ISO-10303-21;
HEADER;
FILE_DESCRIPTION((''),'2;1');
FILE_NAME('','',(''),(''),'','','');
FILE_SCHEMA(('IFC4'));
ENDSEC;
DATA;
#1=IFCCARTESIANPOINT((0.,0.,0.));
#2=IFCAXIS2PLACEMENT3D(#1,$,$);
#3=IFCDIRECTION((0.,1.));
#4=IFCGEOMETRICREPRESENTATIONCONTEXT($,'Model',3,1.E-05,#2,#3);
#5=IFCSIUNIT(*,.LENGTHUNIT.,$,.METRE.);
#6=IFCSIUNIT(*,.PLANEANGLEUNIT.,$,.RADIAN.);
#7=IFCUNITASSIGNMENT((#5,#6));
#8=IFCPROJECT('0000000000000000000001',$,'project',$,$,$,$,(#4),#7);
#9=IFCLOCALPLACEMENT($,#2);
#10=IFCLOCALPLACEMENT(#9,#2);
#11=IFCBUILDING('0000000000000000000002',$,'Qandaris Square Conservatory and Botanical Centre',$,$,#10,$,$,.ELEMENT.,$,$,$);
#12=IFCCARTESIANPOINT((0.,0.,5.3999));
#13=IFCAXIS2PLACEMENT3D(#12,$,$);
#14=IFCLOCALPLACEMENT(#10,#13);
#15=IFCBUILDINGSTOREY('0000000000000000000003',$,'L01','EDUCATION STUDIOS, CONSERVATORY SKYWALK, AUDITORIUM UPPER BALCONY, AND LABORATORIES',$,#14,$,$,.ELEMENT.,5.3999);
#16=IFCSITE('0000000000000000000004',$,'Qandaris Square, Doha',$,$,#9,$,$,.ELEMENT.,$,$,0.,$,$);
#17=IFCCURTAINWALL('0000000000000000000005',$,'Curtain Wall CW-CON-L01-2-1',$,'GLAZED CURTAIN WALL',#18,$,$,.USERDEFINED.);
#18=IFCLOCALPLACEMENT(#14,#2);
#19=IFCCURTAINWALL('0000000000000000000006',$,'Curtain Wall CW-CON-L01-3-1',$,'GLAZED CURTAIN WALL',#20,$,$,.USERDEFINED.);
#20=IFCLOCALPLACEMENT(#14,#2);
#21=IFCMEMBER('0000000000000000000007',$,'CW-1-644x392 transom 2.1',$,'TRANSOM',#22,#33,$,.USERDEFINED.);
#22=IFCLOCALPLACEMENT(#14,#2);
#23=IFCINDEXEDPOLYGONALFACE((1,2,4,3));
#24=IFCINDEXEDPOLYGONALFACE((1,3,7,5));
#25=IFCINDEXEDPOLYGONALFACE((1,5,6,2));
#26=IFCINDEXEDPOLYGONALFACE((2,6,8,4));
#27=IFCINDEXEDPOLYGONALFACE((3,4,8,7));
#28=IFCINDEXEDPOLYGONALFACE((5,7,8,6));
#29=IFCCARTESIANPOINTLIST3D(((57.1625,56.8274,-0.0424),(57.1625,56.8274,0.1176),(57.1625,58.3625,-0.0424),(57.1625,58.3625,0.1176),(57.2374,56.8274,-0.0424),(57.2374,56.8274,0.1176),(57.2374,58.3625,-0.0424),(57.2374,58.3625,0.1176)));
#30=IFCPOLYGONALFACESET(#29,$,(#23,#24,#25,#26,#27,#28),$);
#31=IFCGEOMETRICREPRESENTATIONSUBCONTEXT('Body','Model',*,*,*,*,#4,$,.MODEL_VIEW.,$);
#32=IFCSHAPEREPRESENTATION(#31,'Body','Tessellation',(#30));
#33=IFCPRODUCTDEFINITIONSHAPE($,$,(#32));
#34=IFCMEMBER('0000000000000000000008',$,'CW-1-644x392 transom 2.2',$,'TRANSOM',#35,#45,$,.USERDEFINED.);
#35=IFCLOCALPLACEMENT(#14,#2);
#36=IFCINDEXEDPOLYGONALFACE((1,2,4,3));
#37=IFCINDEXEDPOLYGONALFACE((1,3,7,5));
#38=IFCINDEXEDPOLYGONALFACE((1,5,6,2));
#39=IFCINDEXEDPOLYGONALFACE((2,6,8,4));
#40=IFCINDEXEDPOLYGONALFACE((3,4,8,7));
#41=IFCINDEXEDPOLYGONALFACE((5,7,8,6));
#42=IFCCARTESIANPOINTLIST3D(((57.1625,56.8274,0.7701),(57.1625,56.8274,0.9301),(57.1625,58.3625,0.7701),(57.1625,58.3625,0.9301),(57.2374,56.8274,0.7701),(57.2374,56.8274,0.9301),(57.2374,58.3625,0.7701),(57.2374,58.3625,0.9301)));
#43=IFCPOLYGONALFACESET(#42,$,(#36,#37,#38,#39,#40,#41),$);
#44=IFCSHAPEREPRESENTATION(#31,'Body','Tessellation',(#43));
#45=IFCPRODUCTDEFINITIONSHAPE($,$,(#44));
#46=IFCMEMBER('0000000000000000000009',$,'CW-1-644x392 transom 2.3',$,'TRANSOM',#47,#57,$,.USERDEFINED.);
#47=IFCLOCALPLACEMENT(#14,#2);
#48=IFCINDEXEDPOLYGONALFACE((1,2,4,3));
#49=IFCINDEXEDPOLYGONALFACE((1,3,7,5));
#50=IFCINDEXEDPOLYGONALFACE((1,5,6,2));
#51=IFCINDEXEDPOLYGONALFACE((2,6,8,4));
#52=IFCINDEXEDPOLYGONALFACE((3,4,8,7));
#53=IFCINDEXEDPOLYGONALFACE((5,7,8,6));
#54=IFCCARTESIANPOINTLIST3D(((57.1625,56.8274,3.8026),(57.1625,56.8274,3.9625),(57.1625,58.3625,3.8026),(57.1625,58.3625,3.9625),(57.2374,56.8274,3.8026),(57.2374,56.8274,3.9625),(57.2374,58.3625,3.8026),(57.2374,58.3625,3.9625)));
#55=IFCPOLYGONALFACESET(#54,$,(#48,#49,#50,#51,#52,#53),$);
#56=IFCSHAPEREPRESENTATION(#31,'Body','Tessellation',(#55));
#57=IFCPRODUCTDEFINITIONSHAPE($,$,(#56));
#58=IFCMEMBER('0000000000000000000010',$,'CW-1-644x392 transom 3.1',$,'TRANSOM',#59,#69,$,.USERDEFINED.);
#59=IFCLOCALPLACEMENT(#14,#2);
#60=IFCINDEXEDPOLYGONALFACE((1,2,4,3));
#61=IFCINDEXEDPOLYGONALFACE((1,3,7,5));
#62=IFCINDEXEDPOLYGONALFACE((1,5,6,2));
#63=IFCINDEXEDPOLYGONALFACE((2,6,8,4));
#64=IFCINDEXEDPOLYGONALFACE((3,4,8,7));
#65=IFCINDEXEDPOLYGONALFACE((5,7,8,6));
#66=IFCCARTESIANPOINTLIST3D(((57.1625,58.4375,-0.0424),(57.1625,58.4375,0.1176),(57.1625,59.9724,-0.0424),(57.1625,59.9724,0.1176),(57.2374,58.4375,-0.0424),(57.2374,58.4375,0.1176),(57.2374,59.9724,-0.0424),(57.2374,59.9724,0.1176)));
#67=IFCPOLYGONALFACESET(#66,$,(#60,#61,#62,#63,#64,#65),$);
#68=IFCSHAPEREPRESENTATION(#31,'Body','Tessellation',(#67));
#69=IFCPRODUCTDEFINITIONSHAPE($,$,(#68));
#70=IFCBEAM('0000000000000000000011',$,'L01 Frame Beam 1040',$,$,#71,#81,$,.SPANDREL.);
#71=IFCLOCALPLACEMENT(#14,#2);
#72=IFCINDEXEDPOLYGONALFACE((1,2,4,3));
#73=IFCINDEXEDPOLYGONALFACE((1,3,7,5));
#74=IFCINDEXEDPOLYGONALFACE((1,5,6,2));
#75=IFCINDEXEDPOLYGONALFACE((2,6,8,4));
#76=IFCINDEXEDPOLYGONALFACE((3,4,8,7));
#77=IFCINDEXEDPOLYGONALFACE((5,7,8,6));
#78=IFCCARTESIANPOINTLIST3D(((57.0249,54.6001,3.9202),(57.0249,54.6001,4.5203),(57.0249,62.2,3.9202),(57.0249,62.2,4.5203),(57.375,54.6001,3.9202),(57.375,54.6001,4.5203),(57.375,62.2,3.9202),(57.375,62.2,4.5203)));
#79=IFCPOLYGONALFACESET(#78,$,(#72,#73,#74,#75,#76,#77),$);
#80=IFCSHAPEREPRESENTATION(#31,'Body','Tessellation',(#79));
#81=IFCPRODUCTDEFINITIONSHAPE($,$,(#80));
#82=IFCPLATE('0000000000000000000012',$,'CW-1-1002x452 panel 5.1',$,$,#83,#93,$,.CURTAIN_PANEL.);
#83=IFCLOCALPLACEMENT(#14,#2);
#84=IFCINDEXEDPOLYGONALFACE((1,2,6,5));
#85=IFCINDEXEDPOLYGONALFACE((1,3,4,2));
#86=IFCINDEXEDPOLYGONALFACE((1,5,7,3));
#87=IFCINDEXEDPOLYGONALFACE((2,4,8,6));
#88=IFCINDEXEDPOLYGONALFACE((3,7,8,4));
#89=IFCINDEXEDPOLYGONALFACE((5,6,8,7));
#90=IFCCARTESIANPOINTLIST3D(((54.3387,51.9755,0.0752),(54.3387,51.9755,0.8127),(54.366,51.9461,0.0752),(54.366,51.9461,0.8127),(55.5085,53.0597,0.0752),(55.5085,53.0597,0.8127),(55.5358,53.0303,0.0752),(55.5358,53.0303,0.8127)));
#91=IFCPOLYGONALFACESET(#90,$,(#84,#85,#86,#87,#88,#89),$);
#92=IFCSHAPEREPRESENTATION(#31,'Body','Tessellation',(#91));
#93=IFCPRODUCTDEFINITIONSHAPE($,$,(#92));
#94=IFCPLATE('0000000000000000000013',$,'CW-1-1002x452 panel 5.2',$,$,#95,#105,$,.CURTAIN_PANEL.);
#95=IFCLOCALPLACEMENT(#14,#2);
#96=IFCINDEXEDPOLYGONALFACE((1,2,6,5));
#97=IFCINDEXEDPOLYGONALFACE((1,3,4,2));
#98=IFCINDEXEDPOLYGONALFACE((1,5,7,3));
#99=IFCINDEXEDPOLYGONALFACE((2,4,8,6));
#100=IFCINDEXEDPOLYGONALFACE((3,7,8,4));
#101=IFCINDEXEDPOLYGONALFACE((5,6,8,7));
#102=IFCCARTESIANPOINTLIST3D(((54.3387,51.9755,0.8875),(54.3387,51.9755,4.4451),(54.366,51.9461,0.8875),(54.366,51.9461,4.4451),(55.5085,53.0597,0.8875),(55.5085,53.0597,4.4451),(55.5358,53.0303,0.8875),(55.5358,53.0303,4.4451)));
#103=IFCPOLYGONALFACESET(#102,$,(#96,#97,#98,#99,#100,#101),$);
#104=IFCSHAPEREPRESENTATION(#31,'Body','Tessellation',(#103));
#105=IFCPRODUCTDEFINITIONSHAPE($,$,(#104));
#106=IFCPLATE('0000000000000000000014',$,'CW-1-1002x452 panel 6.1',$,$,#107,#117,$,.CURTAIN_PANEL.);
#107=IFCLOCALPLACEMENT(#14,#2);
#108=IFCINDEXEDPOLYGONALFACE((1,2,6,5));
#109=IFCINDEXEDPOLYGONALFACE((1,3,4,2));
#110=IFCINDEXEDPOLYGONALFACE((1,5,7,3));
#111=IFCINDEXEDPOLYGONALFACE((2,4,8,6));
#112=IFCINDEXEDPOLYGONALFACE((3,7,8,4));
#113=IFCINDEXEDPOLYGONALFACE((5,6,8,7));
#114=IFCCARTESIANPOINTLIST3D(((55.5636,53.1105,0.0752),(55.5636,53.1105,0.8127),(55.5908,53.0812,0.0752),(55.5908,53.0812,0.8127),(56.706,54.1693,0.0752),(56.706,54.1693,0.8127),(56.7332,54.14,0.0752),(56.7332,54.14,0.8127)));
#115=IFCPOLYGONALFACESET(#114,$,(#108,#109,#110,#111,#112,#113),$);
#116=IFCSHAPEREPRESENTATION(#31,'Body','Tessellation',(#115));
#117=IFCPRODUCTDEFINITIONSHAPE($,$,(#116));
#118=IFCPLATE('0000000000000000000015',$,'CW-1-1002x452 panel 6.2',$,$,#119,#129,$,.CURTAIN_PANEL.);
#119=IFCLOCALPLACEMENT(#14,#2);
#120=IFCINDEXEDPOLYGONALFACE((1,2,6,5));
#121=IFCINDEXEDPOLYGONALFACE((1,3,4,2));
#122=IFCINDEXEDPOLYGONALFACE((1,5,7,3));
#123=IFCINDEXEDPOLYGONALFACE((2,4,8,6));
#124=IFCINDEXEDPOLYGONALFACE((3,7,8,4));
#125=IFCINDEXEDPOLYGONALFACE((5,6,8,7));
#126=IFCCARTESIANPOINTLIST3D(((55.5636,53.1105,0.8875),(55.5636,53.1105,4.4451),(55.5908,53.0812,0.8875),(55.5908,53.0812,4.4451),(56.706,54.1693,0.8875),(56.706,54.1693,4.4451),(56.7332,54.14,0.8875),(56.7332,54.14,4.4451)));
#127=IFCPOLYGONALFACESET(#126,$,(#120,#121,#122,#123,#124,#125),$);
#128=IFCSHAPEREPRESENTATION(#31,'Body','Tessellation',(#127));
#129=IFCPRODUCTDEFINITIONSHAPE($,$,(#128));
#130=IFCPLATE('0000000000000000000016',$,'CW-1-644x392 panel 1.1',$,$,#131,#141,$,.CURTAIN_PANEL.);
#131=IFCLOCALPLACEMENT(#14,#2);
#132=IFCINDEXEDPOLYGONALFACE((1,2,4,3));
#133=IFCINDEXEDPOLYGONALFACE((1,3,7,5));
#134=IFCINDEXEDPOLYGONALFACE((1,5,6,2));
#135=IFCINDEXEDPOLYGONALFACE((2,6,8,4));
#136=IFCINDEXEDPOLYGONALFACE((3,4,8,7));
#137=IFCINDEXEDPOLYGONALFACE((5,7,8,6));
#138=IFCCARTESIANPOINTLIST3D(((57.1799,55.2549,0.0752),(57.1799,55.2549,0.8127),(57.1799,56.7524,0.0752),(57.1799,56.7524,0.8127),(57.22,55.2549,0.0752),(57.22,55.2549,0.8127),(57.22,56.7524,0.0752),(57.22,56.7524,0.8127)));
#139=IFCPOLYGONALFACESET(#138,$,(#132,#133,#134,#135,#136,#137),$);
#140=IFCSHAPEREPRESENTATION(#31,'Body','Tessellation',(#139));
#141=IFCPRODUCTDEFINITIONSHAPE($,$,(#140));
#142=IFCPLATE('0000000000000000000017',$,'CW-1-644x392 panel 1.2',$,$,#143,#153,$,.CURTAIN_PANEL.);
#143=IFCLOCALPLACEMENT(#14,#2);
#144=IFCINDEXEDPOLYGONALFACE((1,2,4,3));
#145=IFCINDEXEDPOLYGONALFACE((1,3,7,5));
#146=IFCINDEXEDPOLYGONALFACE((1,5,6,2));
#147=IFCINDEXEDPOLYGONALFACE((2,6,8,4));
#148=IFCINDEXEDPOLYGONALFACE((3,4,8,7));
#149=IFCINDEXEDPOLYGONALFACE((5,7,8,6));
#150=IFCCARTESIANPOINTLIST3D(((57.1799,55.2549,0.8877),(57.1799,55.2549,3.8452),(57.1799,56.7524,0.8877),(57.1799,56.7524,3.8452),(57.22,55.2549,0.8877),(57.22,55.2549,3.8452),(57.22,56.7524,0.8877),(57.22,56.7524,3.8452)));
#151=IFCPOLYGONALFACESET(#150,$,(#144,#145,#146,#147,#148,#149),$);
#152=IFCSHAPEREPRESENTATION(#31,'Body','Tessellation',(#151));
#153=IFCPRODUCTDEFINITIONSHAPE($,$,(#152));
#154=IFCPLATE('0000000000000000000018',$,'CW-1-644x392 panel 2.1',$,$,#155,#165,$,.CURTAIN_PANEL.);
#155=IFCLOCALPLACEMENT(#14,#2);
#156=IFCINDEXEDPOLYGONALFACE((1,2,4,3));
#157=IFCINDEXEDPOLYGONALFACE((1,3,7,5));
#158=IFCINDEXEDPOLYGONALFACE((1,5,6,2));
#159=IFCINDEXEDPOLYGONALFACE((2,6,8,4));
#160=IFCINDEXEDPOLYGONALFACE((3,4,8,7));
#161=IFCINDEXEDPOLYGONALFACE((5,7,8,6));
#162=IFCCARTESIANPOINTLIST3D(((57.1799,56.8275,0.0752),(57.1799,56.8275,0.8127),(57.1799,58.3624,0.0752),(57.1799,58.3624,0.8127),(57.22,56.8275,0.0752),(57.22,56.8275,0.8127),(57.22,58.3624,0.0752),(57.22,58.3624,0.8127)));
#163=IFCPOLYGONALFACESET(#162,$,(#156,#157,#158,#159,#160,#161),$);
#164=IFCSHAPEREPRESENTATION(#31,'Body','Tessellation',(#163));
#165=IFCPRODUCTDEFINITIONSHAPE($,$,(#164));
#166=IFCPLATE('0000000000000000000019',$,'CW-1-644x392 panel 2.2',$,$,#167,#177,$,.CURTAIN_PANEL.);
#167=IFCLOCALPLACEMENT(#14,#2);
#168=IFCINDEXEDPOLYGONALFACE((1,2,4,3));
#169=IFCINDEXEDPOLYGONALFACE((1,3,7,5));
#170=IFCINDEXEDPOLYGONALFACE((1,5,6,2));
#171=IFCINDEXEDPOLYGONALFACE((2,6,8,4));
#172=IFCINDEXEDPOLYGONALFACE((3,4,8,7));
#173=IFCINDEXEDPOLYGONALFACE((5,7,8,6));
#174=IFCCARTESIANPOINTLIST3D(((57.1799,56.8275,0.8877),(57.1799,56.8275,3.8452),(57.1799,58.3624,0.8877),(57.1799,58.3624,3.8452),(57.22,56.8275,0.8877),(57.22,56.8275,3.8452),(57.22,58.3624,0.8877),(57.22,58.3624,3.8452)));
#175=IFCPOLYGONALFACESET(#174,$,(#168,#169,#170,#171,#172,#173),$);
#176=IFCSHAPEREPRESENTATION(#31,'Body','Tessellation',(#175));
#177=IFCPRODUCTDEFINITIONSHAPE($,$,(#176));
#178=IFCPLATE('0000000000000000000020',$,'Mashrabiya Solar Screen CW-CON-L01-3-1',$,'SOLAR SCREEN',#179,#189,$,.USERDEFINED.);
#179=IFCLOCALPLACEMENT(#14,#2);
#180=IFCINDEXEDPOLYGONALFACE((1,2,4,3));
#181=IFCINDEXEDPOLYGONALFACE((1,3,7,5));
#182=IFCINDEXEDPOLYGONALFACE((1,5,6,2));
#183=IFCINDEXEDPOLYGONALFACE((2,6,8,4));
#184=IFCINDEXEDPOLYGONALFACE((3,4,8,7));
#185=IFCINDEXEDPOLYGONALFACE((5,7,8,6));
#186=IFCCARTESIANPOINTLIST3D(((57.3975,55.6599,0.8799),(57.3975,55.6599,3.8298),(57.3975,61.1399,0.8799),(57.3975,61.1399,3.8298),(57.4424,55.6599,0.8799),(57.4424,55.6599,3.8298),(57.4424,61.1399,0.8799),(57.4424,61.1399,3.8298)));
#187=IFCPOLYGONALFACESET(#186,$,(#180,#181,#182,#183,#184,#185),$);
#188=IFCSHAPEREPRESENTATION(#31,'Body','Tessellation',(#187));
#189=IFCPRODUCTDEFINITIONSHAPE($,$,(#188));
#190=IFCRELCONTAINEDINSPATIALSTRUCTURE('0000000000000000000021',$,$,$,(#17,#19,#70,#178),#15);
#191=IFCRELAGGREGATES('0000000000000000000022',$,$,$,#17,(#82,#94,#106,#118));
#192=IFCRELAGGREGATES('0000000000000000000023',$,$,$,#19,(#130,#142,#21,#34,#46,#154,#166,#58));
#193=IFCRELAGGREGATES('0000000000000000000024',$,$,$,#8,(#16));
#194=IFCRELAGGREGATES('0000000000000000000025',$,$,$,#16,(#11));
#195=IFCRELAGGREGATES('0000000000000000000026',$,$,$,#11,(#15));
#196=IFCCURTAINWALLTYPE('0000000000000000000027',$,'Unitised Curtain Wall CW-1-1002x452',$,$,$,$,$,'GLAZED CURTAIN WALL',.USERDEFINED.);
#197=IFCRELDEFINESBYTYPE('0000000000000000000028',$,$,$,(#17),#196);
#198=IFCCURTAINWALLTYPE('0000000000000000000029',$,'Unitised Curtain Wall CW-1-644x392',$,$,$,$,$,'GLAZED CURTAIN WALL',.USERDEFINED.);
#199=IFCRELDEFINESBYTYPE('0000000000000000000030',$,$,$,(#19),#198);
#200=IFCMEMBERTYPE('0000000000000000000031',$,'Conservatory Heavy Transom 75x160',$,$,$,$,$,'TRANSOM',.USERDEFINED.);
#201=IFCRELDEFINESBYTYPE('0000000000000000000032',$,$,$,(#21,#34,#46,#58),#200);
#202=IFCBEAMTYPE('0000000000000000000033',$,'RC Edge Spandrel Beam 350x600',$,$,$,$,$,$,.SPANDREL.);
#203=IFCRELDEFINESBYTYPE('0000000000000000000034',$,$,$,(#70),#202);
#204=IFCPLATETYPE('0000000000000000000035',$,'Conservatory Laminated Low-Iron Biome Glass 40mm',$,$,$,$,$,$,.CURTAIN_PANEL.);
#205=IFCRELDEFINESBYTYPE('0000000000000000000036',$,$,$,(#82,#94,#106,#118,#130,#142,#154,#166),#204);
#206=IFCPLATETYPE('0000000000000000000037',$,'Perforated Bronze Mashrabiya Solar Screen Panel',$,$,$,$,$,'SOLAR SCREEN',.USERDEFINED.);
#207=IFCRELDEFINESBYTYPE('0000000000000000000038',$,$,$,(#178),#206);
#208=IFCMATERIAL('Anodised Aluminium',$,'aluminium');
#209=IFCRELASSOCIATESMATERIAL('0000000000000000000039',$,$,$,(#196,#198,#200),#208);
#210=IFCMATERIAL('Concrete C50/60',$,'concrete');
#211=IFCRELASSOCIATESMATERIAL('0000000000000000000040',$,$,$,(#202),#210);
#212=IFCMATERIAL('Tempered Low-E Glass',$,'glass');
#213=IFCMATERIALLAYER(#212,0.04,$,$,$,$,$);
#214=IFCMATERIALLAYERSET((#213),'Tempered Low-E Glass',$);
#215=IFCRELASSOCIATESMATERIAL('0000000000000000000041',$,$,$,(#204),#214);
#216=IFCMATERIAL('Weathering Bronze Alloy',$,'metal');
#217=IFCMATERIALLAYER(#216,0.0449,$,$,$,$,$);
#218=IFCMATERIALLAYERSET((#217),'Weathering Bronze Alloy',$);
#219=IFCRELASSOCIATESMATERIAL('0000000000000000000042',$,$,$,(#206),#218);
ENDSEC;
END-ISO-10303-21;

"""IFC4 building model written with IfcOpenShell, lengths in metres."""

from ifc_helpers import new_model, si_unit, direction, frame, origin, origin_2d, place, context, subcontext, project, spatial, rectangle, extrude, material, layer, layer_set, material_profile, profile_set, type_object, element, aggregate, save


model = new_model("IFC4")

# Units and contexts
model_context = context("Model", 3, precision=1e-05, world=origin(), true_north=direction((0.0, 1.0)))
body_context = subcontext(model_context, "Body", "Model", "MODEL_VIEW")
ifc_project = project(units=[si_unit("LENGTHUNIT", "METRE"), si_unit("PLANEANGLEUNIT", "RADIAN")], contexts=[model_context])

# Site, building, storey
site_placement = place(None, origin())
site = spatial("IfcSite", under=ifc_project, at=site_placement, Name="Qandaris Square, Doha", CompositionType="ELEMENT", RefElevation=0.0)
building_placement = place(site_placement, origin())
building = spatial("IfcBuilding", under=site, at=building_placement, Name="Qandaris Square Conservatory and Botanical Centre", CompositionType="ELEMENT")
storey_placement = place(building_placement, frame((0.0, 0.0, 5.3999)))
storey = spatial("IfcBuildingStorey", under=building, at=storey_placement, Name="L01", Description="EDUCATION STUDIOS, CONSERVATORY SKYWALK, AUDITORIUM UPPER BALCONY, AND LABORATORIES", CompositionType="ELEMENT", Elevation=5.3999)

# Shared definitions
ifc_material_1 = material(Name="Concrete C50/60", Category="concrete")

# Curtain walls
ifc_material_2 = material(Name="Anodised Aluminium", Category="aluminium")
curtain_wall_type_1 = type_object("IfcCurtainWallType", Name="Unitised Curtain Wall CW-1-1002x452", ElementType="GLAZED CURTAIN WALL", PredefinedType="USERDEFINED", material=ifc_material_2)
curtain_wall_1_placement = place(storey_placement, origin())
curtain_wall_1 = element("IfcCurtainWall", 1, at=curtain_wall_1_placement, inside=storey, type_object=curtain_wall_type_1, Name="Curtain Wall CW-CON-L01-2-1", ObjectType="GLAZED CURTAIN WALL", PredefinedType="USERDEFINED")
curtain_wall_type_2 = type_object("IfcCurtainWallType", Name="Unitised Curtain Wall CW-1-644x392", ElementType="GLAZED CURTAIN WALL", PredefinedType="USERDEFINED", material=ifc_material_2)
curtain_wall_2_placement = place(storey_placement, origin())
curtain_wall_2 = element("IfcCurtainWall", 2, at=curtain_wall_2_placement, inside=storey, type_object=curtain_wall_type_2, Name="Curtain Wall CW-CON-L01-3-1", ObjectType="GLAZED CURTAIN WALL", PredefinedType="USERDEFINED")

# Members
ifc_material_profile_1 = material_profile(ifc_material_2, rectangle(XDim=0.075, YDim=0.1599, at=origin_2d()), Name="ALU-TRN 75x160")
ifc_profile_set_1 = profile_set([ifc_material_profile_1], Name="Anodised Aluminium")
member_type_1 = type_object("IfcMemberType", Name="Conservatory Heavy Transom 75x160", ElementType="TRANSOM", PredefinedType="USERDEFINED", material=ifc_profile_set_1)
member_1_placement = place(storey_placement, frame((57.2, 56.8274, 0.0376), z_axis=(0.0, 1.0, 0.0), x_axis=(-1.0, 0.0, 0.0)))
member_1 = element("IfcMember", 3, at=member_1_placement, type_object=member_type_1, Name="CW-1-644x392 transom 2.1", ObjectType="TRANSOM", PredefinedType="USERDEFINED", context=body_context, shape_type="SweptSolid", body=[
    extrude(rectangle(XDim=0.075, YDim=0.1599, at=origin_2d()), origin(), (0.0, 0.0, 1.0), 1.5352),
])
member_2_placement = place(storey_placement, frame((57.2, 56.8274, 0.8501), z_axis=(0.0, 1.0, 0.0), x_axis=(-1.0, 0.0, 0.0)))
member_2 = element("IfcMember", 4, at=member_2_placement, type_object=member_type_1, Name="CW-1-644x392 transom 2.2", ObjectType="TRANSOM", PredefinedType="USERDEFINED", context=body_context, shape_type="SweptSolid", body=[
    extrude(rectangle(XDim=0.075, YDim=0.1599, at=origin_2d()), origin(), (0.0, 0.0, 1.0), 1.5352),
])
member_3_placement = place(storey_placement, frame((57.2, 56.8274, 3.8826), z_axis=(0.0, 1.0, 0.0), x_axis=(-1.0, 0.0, 0.0)))
member_3 = element("IfcMember", 5, at=member_3_placement, type_object=member_type_1, Name="CW-1-644x392 transom 2.3", ObjectType="TRANSOM", PredefinedType="USERDEFINED", context=body_context, shape_type="SweptSolid", body=[
    extrude(rectangle(XDim=0.075, YDim=0.1599, at=origin_2d()), origin(), (0.0, 0.0, 1.0), 1.5352),
])
member_4_placement = place(storey_placement, frame((57.2, 58.4375, 0.0376), z_axis=(0.0, 1.0, 0.0), x_axis=(-1.0, 0.0, 0.0)))
member_4 = element("IfcMember", 6, at=member_4_placement, type_object=member_type_1, Name="CW-1-644x392 transom 3.1", ObjectType="TRANSOM", PredefinedType="USERDEFINED", context=body_context, shape_type="SweptSolid", body=[
    extrude(rectangle(XDim=0.075, YDim=0.1599, at=origin_2d()), origin(), (0.0, 0.0, 1.0), 1.5349),
])

# Beam
ifc_material_profile_2 = material_profile(ifc_material_1, rectangle(XDim=0.3501, YDim=0.6001, at=origin_2d()), Name="RC-SP 350x600")
ifc_profile_set_2 = profile_set([ifc_material_profile_2], Name="Concrete C50/60")
beam_type = type_object("IfcBeamType", Name="RC Edge Spandrel Beam 350x600", PredefinedType="SPANDREL", material=ifc_profile_set_2)
beam_placement = place(storey_placement, frame((57.2, 54.6001, 4.2202), z_axis=(0.0, 1.0, 0.0), x_axis=(-1.0, 0.0, 0.0)))
element("IfcBeam", 7, at=beam_placement, inside=storey, type_object=beam_type, Name="L01 Frame Beam 1040", PredefinedType="SPANDREL", context=body_context, shape_type="SweptSolid", body=[
    extrude(rectangle(XDim=0.3501, YDim=0.6001, at=origin_2d()), origin(), (0.0, 0.0, 1.0), 7.5999),
])

# Plates
ifc_material_3 = material(Name="Tempered Low-E Glass", Category="glass")
ifc_layer_1 = layer(ifc_material_3, 0.04)
ifc_layer_set_1 = layer_set([ifc_layer_1], Name="Tempered Low-E Glass")
plate_type_1 = type_object("IfcPlateType", Name="Conservatory Laminated Low-Iron Biome Glass 40mm", PredefinedType="CURTAIN_PANEL", material=ifc_layer_set_1)
plate_1_placement = place(storey_placement, frame((54.9373, 52.5029, 0.0752), z_axis=(0.0, 0.0, 1.0), x_axis=(0.733433, 0.679762, 0.0)))
plate_1 = element("IfcPlate", 8, at=plate_1_placement, type_object=plate_type_1, Name="CW-1-1002x452 panel 5.1", PredefinedType="CURTAIN_PANEL", context=body_context, shape_type="SweptSolid", body=[
    extrude(rectangle(XDim=1.595, YDim=0.04, at=origin_2d()), origin(), (0.0, 0.0, 1.0), 0.7375),
])
plate_2_placement = place(storey_placement, frame((54.9373, 52.5029, 0.8875), z_axis=(0.0, 0.0, 1.0), x_axis=(0.733433, 0.679762, 0.0)))
plate_2 = element("IfcPlate", 9, at=plate_2_placement, type_object=plate_type_1, Name="CW-1-1002x452 panel 5.2", PredefinedType="CURTAIN_PANEL", context=body_context, shape_type="SweptSolid", body=[
    extrude(rectangle(XDim=1.595, YDim=0.04, at=origin_2d()), origin(), (0.0, 0.0, 1.0), 3.5576),
])
plate_3_placement = place(storey_placement, frame((56.1484, 53.6252, 0.0752), z_axis=(0.0, 0.0, 1.0), x_axis=(0.733433, 0.679762, 0.0)))
plate_3 = element("IfcPlate", 10, at=plate_3_placement, type_object=plate_type_1, Name="CW-1-1002x452 panel 6.1", PredefinedType="CURTAIN_PANEL", context=body_context, shape_type="SweptSolid", body=[
    extrude(rectangle(XDim=1.5576, YDim=0.04, at=origin_2d()), origin(), (0.0, 0.0, 1.0), 0.7375),
])
plate_4_placement = place(storey_placement, frame((56.1484, 53.6252, 0.8875), z_axis=(0.0, 0.0, 1.0), x_axis=(0.733433, 0.679762, 0.0)))
plate_4 = element("IfcPlate", 11, at=plate_4_placement, type_object=plate_type_1, Name="CW-1-1002x452 panel 6.2", PredefinedType="CURTAIN_PANEL", context=body_context, shape_type="SweptSolid", body=[
    extrude(rectangle(XDim=1.5576, YDim=0.04, at=origin_2d()), origin(), (0.0, 0.0, 1.0), 3.5576),
])
aggregate(curtain_wall_1, [plate_1, plate_2, plate_3, plate_4])
plate_5_placement = place(storey_placement, frame((57.2, 56.0037, 0.0752), z_axis=(0.0, 0.0, 1.0), x_axis=(0.0, 1.0, 0.0)))
plate_5 = element("IfcPlate", 12, at=plate_5_placement, type_object=plate_type_1, Name="CW-1-644x392 panel 1.1", PredefinedType="CURTAIN_PANEL", context=body_context, shape_type="SweptSolid", body=[
    extrude(rectangle(XDim=1.4976, YDim=0.04, at=origin_2d()), origin(), (0.0, 0.0, 1.0), 0.7375),
])
plate_6_placement = place(storey_placement, frame((57.2, 56.0037, 0.8877), z_axis=(0.0, 0.0, 1.0), x_axis=(0.0, 1.0, 0.0)))
plate_6 = element("IfcPlate", 13, at=plate_6_placement, type_object=plate_type_1, Name="CW-1-644x392 panel 1.2", PredefinedType="CURTAIN_PANEL", context=body_context, shape_type="SweptSolid", body=[
    extrude(rectangle(XDim=1.4976, YDim=0.04, at=origin_2d()), origin(), (0.0, 0.0, 1.0), 2.9575),
])
plate_7_placement = place(storey_placement, frame((57.2, 57.595, 0.0752), z_axis=(0.0, 0.0, 1.0), x_axis=(0.0, 1.0, 0.0)))
plate_7 = element("IfcPlate", 14, at=plate_7_placement, type_object=plate_type_1, Name="CW-1-644x392 panel 2.1", PredefinedType="CURTAIN_PANEL", context=body_context, shape_type="SweptSolid", body=[
    extrude(rectangle(XDim=1.5349, YDim=0.04, at=origin_2d()), origin(), (0.0, 0.0, 1.0), 0.7375),
])
plate_8_placement = place(storey_placement, frame((57.2, 57.595, 0.8877), z_axis=(0.0, 0.0, 1.0), x_axis=(0.0, 1.0, 0.0)))
plate_8 = element("IfcPlate", 15, at=plate_8_placement, type_object=plate_type_1, Name="CW-1-644x392 panel 2.2", PredefinedType="CURTAIN_PANEL", context=body_context, shape_type="SweptSolid", body=[
    extrude(rectangle(XDim=1.5349, YDim=0.04, at=origin_2d()), origin(), (0.0, 0.0, 1.0), 2.9575),
])
aggregate(curtain_wall_2, [plate_5, plate_6, member_1, member_2, member_3, plate_7, plate_8, member_4])
ifc_material_4 = material(Name="Weathering Bronze Alloy", Category="metal")
ifc_layer_2 = layer(ifc_material_4, 0.0449)
ifc_layer_set_2 = layer_set([ifc_layer_2], Name="Weathering Bronze Alloy")
plate_type_2 = type_object("IfcPlateType", Name="Perforated Bronze Mashrabiya Solar Screen Panel", ElementType="SOLAR SCREEN", PredefinedType="USERDEFINED", material=ifc_layer_set_2)
plate_9_placement = place(storey_placement, frame((57.4199, 58.3999, 0.8799), z_axis=(0.0, 0.0, 1.0), x_axis=(0.0, 1.0, 0.0)))
element("IfcPlate", 16, at=plate_9_placement, inside=storey, type_object=plate_type_2, Name="Mashrabiya Solar Screen CW-CON-L01-3-1", ObjectType="SOLAR SCREEN", PredefinedType="USERDEFINED", context=body_context, shape_type="SweptSolid", body=[
    extrude(rectangle(XDim=5.48, YDim=0.0449, at=origin_2d()), origin(), (0.0, 0.0, 1.0), 2.95),
])

save(model, "model.ifc")
